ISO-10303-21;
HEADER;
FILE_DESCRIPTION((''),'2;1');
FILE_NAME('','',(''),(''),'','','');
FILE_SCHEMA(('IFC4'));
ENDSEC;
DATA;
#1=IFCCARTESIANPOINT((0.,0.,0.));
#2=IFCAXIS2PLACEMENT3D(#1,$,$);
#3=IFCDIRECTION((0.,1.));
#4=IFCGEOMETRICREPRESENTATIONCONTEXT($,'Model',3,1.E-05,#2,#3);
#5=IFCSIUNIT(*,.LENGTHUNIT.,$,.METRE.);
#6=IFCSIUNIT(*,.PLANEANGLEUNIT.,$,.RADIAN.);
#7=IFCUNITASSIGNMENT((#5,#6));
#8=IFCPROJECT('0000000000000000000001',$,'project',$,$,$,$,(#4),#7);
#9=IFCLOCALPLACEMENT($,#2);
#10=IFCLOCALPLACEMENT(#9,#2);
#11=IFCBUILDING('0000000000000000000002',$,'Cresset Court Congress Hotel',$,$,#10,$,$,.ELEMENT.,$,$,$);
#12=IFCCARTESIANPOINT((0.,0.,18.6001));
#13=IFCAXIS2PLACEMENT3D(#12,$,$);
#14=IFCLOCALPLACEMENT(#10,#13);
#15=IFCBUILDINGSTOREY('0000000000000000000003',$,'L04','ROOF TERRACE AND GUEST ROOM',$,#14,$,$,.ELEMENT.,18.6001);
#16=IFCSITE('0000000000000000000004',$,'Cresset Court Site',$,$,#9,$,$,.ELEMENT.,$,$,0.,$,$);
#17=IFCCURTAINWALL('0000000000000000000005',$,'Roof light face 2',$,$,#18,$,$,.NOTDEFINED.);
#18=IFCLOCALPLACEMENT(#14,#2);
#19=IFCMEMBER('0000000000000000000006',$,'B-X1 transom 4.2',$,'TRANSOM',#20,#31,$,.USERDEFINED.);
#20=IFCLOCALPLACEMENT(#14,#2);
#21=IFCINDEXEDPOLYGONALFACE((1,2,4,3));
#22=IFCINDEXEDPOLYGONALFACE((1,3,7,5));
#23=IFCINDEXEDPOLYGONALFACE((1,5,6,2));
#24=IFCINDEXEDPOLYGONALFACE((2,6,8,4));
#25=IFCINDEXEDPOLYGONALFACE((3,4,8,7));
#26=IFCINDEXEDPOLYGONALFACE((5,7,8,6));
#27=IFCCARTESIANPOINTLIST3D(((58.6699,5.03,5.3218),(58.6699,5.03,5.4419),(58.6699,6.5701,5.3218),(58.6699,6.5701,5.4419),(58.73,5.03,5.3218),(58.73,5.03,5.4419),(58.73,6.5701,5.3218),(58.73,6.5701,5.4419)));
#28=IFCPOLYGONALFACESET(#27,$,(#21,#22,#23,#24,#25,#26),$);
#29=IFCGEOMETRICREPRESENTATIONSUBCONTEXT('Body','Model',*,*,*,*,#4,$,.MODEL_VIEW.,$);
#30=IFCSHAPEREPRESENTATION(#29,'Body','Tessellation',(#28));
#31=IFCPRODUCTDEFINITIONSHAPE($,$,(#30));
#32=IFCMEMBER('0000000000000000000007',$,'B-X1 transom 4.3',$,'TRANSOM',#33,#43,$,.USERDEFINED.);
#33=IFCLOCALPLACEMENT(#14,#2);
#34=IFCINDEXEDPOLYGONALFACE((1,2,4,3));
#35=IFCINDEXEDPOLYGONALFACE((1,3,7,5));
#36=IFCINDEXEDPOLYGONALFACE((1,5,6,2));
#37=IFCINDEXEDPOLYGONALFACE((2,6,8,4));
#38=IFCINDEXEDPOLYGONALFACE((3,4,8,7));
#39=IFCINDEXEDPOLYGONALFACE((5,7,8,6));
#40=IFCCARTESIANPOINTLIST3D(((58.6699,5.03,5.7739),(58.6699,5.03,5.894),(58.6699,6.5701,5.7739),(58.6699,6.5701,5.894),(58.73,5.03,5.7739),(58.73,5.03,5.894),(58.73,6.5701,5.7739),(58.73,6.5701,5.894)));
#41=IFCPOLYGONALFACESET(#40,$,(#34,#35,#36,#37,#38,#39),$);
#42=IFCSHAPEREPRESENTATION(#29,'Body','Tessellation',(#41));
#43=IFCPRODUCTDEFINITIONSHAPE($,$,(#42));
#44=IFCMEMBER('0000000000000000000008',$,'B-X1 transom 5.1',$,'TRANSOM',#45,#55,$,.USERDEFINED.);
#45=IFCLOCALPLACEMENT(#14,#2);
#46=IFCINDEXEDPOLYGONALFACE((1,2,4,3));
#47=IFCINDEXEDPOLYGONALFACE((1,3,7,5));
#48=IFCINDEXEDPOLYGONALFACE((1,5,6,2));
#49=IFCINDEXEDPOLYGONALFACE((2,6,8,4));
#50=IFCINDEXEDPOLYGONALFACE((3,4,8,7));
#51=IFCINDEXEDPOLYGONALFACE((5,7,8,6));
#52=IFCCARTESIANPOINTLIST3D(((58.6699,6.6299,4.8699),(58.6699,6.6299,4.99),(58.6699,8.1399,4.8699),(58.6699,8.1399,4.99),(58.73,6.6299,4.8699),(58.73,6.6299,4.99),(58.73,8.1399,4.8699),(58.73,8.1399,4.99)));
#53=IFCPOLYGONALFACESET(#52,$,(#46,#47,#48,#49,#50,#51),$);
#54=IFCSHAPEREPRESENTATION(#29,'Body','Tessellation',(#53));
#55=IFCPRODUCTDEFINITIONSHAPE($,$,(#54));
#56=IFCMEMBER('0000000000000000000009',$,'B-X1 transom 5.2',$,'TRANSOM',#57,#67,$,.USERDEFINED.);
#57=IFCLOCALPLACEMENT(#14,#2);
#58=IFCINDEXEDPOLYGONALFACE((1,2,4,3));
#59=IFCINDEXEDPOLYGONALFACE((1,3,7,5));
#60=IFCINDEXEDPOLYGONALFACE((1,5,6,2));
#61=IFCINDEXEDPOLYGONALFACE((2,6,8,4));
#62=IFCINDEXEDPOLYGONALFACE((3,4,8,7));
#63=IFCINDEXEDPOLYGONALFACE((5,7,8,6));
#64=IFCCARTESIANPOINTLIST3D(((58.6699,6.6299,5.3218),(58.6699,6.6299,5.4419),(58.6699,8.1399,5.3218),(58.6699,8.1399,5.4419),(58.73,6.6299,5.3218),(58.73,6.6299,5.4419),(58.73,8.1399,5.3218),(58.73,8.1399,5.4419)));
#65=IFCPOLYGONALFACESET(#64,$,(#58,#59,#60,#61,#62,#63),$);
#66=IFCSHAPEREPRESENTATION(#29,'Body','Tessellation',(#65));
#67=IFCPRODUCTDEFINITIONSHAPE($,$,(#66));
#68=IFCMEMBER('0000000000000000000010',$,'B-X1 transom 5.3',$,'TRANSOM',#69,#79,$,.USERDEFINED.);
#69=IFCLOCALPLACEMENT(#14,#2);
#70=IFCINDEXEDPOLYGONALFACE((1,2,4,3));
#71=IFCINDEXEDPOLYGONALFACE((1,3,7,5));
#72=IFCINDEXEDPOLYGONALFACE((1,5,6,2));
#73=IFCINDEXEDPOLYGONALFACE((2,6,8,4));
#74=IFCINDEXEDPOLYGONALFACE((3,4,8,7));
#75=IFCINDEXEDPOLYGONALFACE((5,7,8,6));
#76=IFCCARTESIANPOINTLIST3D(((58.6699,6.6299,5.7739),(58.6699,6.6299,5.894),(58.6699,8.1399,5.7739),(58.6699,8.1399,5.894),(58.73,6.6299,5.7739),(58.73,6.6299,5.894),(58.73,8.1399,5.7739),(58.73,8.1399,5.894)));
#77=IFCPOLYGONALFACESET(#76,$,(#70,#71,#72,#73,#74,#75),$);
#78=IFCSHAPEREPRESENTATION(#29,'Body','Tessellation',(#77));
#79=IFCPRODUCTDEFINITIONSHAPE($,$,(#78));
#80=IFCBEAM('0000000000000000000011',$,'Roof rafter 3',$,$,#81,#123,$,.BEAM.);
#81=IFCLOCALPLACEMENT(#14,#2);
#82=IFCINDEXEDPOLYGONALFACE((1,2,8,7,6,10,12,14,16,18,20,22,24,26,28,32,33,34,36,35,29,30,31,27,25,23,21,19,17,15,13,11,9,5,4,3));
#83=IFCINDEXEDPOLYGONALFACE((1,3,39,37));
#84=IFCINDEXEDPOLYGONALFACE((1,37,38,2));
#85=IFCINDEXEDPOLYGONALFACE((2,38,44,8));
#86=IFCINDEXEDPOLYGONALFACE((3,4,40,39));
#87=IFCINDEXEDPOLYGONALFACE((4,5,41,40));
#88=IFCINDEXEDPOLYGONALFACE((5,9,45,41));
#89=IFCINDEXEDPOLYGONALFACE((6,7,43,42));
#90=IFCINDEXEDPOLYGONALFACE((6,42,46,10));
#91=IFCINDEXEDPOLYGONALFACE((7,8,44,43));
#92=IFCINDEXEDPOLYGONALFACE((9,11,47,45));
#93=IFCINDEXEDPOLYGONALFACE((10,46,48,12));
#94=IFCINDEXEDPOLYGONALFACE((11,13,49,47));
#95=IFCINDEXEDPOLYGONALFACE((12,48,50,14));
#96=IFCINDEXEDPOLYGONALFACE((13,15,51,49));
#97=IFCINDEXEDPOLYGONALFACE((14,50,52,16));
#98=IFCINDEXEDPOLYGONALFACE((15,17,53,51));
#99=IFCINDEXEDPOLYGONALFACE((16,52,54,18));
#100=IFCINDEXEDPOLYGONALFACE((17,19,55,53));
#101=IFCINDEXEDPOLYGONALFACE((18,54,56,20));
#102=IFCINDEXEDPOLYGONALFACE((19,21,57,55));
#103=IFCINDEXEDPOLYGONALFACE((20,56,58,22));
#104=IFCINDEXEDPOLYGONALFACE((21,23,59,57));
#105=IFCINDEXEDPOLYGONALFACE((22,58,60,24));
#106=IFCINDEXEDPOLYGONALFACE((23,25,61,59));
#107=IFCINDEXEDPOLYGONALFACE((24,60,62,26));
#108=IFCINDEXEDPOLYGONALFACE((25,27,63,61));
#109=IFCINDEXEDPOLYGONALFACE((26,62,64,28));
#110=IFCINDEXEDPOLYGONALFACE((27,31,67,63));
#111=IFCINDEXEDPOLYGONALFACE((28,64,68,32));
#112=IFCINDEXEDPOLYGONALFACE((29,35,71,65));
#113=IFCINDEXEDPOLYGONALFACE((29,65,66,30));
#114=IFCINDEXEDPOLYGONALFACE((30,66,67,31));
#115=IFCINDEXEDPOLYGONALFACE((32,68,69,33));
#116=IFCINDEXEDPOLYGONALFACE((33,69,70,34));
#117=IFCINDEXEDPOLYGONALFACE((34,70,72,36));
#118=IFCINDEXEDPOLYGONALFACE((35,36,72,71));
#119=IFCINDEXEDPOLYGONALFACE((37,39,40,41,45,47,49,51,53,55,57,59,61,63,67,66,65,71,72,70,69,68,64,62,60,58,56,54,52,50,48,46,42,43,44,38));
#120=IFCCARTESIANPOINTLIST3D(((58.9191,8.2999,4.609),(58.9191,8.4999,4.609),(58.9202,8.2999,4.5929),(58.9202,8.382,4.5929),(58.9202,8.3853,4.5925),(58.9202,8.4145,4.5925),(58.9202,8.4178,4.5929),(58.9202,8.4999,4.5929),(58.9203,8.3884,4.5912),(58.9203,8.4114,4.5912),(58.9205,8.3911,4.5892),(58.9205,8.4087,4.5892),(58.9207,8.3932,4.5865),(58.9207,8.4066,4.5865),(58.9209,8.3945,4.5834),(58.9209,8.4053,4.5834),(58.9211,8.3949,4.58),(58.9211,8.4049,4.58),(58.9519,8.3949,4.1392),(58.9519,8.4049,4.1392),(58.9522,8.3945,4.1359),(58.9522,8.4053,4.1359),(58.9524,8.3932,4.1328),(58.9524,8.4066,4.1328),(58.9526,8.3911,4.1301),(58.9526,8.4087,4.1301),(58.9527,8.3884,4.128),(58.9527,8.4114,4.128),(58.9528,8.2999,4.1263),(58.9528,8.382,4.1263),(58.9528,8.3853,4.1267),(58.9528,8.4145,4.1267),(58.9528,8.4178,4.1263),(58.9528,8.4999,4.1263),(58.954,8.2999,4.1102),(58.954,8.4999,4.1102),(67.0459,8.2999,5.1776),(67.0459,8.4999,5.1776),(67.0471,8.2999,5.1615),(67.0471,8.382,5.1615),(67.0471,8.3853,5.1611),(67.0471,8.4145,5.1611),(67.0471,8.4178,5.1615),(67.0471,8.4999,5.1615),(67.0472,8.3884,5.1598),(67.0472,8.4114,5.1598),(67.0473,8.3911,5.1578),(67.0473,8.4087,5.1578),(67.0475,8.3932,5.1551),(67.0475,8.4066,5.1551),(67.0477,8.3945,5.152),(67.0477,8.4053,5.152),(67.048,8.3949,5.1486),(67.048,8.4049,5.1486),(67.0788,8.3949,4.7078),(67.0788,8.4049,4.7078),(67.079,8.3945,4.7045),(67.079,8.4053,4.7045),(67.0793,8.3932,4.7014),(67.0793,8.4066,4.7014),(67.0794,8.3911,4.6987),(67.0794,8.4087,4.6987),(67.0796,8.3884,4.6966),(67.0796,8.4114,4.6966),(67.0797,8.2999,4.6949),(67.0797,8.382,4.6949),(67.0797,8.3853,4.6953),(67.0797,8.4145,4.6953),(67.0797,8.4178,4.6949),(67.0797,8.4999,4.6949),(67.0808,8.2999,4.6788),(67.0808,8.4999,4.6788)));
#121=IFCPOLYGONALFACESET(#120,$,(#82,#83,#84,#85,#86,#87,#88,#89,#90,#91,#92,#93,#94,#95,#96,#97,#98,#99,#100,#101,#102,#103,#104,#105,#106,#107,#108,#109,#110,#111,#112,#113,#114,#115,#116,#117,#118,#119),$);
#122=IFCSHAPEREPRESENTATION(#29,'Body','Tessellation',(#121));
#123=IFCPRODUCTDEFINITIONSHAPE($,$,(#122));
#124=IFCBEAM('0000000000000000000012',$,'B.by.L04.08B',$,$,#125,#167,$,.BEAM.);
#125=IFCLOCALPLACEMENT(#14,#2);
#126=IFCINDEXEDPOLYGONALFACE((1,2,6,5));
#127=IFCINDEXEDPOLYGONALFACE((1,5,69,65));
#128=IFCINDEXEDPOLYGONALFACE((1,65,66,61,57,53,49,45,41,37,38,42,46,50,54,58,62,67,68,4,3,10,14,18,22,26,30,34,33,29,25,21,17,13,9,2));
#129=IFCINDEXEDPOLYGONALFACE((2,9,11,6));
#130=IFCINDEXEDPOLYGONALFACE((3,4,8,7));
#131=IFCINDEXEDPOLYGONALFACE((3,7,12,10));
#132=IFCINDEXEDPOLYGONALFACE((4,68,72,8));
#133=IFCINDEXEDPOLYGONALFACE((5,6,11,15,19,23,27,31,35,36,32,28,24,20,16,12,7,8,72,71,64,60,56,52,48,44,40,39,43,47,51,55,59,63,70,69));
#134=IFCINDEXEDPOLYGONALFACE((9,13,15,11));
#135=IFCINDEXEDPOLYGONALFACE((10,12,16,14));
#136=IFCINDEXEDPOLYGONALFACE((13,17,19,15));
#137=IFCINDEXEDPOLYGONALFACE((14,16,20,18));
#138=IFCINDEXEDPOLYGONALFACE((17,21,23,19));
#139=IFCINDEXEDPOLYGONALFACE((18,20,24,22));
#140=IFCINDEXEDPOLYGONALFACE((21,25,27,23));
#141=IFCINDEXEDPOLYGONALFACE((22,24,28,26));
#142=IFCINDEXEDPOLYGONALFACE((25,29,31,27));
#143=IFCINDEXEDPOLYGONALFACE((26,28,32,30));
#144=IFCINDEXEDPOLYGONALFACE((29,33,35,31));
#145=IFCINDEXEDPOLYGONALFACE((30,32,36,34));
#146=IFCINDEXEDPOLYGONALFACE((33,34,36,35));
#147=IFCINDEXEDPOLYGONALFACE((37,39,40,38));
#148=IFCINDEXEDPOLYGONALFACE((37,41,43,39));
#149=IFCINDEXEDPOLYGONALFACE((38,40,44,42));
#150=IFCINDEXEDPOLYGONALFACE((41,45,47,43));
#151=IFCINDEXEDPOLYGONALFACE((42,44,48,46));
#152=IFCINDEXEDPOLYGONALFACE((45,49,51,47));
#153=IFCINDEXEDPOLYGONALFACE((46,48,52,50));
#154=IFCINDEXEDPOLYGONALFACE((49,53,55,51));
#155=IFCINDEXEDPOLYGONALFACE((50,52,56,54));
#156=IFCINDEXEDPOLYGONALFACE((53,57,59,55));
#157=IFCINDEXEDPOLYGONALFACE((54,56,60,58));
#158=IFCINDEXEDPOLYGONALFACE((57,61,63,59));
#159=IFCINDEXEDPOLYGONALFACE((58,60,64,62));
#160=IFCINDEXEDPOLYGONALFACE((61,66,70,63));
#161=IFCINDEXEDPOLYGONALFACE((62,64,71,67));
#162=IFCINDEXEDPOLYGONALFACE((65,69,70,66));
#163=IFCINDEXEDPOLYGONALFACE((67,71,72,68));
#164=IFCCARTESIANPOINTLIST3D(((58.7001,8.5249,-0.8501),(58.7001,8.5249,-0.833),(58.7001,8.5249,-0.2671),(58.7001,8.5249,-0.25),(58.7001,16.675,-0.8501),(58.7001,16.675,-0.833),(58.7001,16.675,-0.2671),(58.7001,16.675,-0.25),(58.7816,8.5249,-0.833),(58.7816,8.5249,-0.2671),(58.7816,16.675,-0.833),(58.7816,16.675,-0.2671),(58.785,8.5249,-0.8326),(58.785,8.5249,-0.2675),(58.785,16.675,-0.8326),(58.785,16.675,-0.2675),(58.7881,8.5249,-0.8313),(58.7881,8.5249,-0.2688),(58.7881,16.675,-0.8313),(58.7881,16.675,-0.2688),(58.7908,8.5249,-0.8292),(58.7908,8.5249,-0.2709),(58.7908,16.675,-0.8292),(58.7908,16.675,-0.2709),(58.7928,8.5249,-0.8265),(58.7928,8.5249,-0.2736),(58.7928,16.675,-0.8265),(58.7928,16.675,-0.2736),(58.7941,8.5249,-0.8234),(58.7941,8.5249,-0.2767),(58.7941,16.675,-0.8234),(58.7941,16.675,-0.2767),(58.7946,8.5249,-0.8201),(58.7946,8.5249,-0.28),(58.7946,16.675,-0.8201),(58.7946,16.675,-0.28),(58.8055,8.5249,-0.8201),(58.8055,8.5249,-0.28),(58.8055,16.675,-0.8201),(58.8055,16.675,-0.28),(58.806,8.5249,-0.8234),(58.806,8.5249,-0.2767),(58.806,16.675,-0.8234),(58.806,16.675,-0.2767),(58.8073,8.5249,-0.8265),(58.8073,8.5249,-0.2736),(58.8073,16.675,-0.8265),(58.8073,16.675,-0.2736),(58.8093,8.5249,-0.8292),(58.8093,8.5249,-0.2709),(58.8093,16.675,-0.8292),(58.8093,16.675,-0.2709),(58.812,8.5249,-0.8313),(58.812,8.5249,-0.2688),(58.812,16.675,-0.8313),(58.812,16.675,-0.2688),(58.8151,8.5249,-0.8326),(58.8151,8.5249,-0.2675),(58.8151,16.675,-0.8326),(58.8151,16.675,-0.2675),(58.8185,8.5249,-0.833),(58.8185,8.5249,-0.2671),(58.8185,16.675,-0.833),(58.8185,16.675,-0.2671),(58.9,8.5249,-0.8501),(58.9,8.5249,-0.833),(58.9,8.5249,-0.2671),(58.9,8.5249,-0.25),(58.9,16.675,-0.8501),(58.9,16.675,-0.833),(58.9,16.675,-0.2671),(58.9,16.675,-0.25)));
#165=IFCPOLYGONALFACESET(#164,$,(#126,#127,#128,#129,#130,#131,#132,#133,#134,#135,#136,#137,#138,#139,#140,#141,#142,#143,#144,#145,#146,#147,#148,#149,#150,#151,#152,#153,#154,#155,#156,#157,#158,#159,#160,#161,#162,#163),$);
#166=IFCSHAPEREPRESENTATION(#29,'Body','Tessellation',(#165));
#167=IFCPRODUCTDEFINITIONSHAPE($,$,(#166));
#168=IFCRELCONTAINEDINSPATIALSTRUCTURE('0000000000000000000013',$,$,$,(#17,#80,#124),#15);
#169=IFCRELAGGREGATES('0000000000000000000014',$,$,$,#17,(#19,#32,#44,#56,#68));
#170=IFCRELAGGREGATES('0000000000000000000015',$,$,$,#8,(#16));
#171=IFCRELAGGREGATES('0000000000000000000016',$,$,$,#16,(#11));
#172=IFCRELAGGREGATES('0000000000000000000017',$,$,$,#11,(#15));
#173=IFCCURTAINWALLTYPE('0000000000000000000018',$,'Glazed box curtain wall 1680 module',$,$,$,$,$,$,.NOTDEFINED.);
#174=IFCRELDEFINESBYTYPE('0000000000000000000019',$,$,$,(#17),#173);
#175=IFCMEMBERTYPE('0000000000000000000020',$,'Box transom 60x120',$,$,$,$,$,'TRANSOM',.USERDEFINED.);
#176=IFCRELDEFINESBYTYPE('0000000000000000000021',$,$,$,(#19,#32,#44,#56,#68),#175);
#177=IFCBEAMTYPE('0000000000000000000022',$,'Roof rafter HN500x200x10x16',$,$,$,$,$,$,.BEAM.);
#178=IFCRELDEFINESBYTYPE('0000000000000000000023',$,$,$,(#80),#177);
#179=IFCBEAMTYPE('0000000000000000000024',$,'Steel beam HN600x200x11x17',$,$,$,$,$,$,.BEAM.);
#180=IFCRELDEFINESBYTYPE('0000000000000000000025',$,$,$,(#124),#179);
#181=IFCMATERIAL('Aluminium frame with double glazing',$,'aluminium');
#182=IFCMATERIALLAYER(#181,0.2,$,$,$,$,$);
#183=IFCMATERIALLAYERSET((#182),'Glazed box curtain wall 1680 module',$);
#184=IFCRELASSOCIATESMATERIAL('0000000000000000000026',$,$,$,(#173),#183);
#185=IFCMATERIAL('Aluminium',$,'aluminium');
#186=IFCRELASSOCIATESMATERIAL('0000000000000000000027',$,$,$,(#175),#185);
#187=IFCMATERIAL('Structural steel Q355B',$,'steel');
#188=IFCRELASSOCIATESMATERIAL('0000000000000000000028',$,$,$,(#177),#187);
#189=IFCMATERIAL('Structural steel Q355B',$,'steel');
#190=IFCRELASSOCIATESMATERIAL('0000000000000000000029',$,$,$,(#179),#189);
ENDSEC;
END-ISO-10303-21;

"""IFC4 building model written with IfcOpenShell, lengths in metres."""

from ifc_helpers import new_model, si_unit, direction, frame, origin, origin_2d, place, context, subcontext, project, spatial, rectangle, i_section, extrude, material, layer, layer_set, material_profile, profile_set, type_object, element, aggregate, save


model = new_model("IFC4")

# Units and contexts
model_context = context("Model", 3, precision=1e-05, world=origin(), true_north=direction((0.0, 1.0)))
body_context = subcontext(model_context, "Body", "Model", "MODEL_VIEW")
ifc_project = project(units=[si_unit("LENGTHUNIT", "METRE"), si_unit("PLANEANGLEUNIT", "RADIAN")], contexts=[model_context])

# Site, building, storey
site_placement = place(None, origin())
site = spatial("IfcSite", under=ifc_project, at=site_placement, Name="Cresset Court Site", CompositionType="ELEMENT", RefElevation=0.0)
building_placement = place(site_placement, origin())
building = spatial("IfcBuilding", under=site, at=building_placement, Name="Cresset Court Congress Hotel", CompositionType="ELEMENT")
storey_placement = place(building_placement, frame((0.0, 0.0, 18.6001)))
storey = spatial("IfcBuildingStorey", under=building, at=storey_placement, Name="L04", Description="ROOF TERRACE AND GUEST ROOM", CompositionType="ELEMENT", Elevation=18.6001)

# Curtain wall, members
ifc_material_1 = material(Name="Aluminium frame with double glazing", Category="aluminium")
ifc_layer_1 = layer(ifc_material_1, 0.2)
ifc_layer_set_1 = layer_set([ifc_layer_1], Name="Glazed box curtain wall 1680 module")
curtain_wall_type = type_object("IfcCurtainWallType", Name="Glazed box curtain wall 1680 module", PredefinedType="NOTDEFINED", material=ifc_layer_set_1)
curtain_wall_placement = place(storey_placement, origin())
curtain_wall = element("IfcCurtainWall", 1, at=curtain_wall_placement, inside=storey, type_object=curtain_wall_type, Name="Roof light face 2", PredefinedType="NOTDEFINED")
ifc_material_2 = material(Name="Aluminium", Category="aluminium")
ifc_material_profile_1 = material_profile(ifc_material_2, rectangle(XDim=0.0601, YDim=0.1201, at=origin_2d()), Name="Box transom 60x120")
ifc_profile_set_1 = profile_set([ifc_material_profile_1], Name="Aluminium")
member_type_1 = type_object("IfcMemberType", Name="Box transom 60x120", ElementType="TRANSOM", PredefinedType="USERDEFINED", material=ifc_profile_set_1)
member_1_placement = place(storey_placement, frame((58.7, 5.03, 5.3818), z_axis=(0.0, 1.0, 0.0), x_axis=(-1.0, 0.0, 0.0)))
member_1 = element("IfcMember", 2, at=member_1_placement, type_object=member_type_1, Name="B-X1 transom 4.2", ObjectType="TRANSOM", PredefinedType="USERDEFINED", context=body_context, shape_type="SweptSolid", body=[
    extrude(rectangle(XDim=0.0601, YDim=0.1201, at=origin_2d()), origin(), (0.0, 0.0, 1.0), 1.54),
])
member_2_placement = place(storey_placement, frame((58.7, 5.03, 5.834), z_axis=(0.0, 1.0, 0.0), x_axis=(-1.0, 0.0, 0.0)))
member_2 = element("IfcMember", 3, at=member_2_placement, type_object=member_type_1, Name="B-X1 transom 4.3", ObjectType="TRANSOM", PredefinedType="USERDEFINED", context=body_context, shape_type="SweptSolid", body=[
    extrude(rectangle(XDim=0.0601, YDim=0.1201, at=origin_2d()), origin(), (0.0, 0.0, 1.0), 1.54),
])
member_3_placement = place(storey_placement, frame((58.7, 6.6299, 4.9299), z_axis=(0.0, 1.0, 0.0), x_axis=(-1.0, 0.0, 0.0)))
member_3 = element("IfcMember", 4, at=member_3_placement, type_object=member_type_1, Name="B-X1 transom 5.1", ObjectType="TRANSOM", PredefinedType="USERDEFINED", context=body_context, shape_type="SweptSolid", body=[
    extrude(rectangle(XDim=0.0601, YDim=0.1201, at=origin_2d()), origin(), (0.0, 0.0, 1.0), 1.51),
])
member_4_placement = place(storey_placement, frame((58.7, 6.6299, 5.3818), z_axis=(0.0, 1.0, 0.0), x_axis=(-1.0, 0.0, 0.0)))
member_4 = element("IfcMember", 5, at=member_4_placement, type_object=member_type_1, Name="B-X1 transom 5.2", ObjectType="TRANSOM", PredefinedType="USERDEFINED", context=body_context, shape_type="SweptSolid", body=[
    extrude(rectangle(XDim=0.0601, YDim=0.1201, at=origin_2d()), origin(), (0.0, 0.0, 1.0), 1.51),
])
member_5_placement = place(storey_placement, frame((58.7, 6.6299, 5.834), z_axis=(0.0, 1.0, 0.0), x_axis=(-1.0, 0.0, 0.0)))
member_5 = element("IfcMember", 6, at=member_5_placement, type_object=member_type_1, Name="B-X1 transom 5.3", ObjectType="TRANSOM", PredefinedType="USERDEFINED", context=body_context, shape_type="SweptSolid", body=[
    extrude(rectangle(XDim=0.0601, YDim=0.1201, at=origin_2d()), origin(), (0.0, 0.0, 1.0), 1.51),
])

# Beams
ifc_material_3 = material(Name="Structural steel Q355B", Category="steel")
ifc_material_profile_2 = material_profile(ifc_material_3, i_section(OverallWidth=0.2, OverallDepth=0.5, WebThickness=0.01, FlangeThickness=0.0161, FilletRadius=0.0129, at=origin_2d()), Name="HN500x200x10x16")
ifc_profile_set_2 = profile_set([ifc_material_profile_2], Name="Structural steel Q355B")
beam_type_1 = type_object("IfcBeamType", Name="Roof rafter HN500x200x10x16", PredefinedType="BEAM", material=ifc_profile_set_2)
beam_1_placement = place(storey_placement, frame((58.9365, 8.3999, 4.3596), z_axis=(0.997561, 0.0, 0.069795), x_axis=(0.0, 1.0, 0.0)))
element("IfcBeam", 7, at=beam_1_placement, inside=storey, type_object=beam_type_1, Name="Roof rafter 3", PredefinedType="BEAM", context=body_context, shape_type="SweptSolid", body=[
    extrude(i_section(OverallWidth=0.2, OverallDepth=0.5, WebThickness=0.01, FlangeThickness=0.0161, FilletRadius=0.0129, at=origin_2d()), origin(), (0.0, 0.0, 1.0), 8.1467),
])
ifc_material_4 = material(Name="Structural steel Q355B", Category="steel")
ifc_material_profile_3 = material_profile(ifc_material_4, i_section(OverallWidth=0.2, OverallDepth=0.6001, WebThickness=0.011, FlangeThickness=0.0171, FilletRadius=0.0129, at=origin_2d()), Name="HN600x200x11x17")
ifc_profile_set_3 = profile_set([ifc_material_profile_3], Name="Structural steel Q355B")
beam_type_2 = type_object("IfcBeamType", Name="Steel beam HN600x200x11x17", PredefinedType="BEAM", material=ifc_profile_set_3)
beam_2_placement = place(storey_placement, frame((58.8, 8.5249, -0.55), z_axis=(0.0, 1.0, 0.0), x_axis=(-1.0, 0.0, 0.0)))
element("IfcBeam", 8, at=beam_2_placement, inside=storey, type_object=beam_type_2, Name="B.by.L04.08B", PredefinedType="BEAM", context=body_context, shape_type="SweptSolid", body=[
    extrude(i_section(OverallWidth=0.2, OverallDepth=0.6001, WebThickness=0.011, FlangeThickness=0.0171, FilletRadius=0.0129, at=origin_2d()), origin(), (0.0, 0.0, 1.0), 8.1501),
])

aggregate(curtain_wall, [member_1, member_2, member_3, member_4, member_5])

save(model, "model.ifc")
